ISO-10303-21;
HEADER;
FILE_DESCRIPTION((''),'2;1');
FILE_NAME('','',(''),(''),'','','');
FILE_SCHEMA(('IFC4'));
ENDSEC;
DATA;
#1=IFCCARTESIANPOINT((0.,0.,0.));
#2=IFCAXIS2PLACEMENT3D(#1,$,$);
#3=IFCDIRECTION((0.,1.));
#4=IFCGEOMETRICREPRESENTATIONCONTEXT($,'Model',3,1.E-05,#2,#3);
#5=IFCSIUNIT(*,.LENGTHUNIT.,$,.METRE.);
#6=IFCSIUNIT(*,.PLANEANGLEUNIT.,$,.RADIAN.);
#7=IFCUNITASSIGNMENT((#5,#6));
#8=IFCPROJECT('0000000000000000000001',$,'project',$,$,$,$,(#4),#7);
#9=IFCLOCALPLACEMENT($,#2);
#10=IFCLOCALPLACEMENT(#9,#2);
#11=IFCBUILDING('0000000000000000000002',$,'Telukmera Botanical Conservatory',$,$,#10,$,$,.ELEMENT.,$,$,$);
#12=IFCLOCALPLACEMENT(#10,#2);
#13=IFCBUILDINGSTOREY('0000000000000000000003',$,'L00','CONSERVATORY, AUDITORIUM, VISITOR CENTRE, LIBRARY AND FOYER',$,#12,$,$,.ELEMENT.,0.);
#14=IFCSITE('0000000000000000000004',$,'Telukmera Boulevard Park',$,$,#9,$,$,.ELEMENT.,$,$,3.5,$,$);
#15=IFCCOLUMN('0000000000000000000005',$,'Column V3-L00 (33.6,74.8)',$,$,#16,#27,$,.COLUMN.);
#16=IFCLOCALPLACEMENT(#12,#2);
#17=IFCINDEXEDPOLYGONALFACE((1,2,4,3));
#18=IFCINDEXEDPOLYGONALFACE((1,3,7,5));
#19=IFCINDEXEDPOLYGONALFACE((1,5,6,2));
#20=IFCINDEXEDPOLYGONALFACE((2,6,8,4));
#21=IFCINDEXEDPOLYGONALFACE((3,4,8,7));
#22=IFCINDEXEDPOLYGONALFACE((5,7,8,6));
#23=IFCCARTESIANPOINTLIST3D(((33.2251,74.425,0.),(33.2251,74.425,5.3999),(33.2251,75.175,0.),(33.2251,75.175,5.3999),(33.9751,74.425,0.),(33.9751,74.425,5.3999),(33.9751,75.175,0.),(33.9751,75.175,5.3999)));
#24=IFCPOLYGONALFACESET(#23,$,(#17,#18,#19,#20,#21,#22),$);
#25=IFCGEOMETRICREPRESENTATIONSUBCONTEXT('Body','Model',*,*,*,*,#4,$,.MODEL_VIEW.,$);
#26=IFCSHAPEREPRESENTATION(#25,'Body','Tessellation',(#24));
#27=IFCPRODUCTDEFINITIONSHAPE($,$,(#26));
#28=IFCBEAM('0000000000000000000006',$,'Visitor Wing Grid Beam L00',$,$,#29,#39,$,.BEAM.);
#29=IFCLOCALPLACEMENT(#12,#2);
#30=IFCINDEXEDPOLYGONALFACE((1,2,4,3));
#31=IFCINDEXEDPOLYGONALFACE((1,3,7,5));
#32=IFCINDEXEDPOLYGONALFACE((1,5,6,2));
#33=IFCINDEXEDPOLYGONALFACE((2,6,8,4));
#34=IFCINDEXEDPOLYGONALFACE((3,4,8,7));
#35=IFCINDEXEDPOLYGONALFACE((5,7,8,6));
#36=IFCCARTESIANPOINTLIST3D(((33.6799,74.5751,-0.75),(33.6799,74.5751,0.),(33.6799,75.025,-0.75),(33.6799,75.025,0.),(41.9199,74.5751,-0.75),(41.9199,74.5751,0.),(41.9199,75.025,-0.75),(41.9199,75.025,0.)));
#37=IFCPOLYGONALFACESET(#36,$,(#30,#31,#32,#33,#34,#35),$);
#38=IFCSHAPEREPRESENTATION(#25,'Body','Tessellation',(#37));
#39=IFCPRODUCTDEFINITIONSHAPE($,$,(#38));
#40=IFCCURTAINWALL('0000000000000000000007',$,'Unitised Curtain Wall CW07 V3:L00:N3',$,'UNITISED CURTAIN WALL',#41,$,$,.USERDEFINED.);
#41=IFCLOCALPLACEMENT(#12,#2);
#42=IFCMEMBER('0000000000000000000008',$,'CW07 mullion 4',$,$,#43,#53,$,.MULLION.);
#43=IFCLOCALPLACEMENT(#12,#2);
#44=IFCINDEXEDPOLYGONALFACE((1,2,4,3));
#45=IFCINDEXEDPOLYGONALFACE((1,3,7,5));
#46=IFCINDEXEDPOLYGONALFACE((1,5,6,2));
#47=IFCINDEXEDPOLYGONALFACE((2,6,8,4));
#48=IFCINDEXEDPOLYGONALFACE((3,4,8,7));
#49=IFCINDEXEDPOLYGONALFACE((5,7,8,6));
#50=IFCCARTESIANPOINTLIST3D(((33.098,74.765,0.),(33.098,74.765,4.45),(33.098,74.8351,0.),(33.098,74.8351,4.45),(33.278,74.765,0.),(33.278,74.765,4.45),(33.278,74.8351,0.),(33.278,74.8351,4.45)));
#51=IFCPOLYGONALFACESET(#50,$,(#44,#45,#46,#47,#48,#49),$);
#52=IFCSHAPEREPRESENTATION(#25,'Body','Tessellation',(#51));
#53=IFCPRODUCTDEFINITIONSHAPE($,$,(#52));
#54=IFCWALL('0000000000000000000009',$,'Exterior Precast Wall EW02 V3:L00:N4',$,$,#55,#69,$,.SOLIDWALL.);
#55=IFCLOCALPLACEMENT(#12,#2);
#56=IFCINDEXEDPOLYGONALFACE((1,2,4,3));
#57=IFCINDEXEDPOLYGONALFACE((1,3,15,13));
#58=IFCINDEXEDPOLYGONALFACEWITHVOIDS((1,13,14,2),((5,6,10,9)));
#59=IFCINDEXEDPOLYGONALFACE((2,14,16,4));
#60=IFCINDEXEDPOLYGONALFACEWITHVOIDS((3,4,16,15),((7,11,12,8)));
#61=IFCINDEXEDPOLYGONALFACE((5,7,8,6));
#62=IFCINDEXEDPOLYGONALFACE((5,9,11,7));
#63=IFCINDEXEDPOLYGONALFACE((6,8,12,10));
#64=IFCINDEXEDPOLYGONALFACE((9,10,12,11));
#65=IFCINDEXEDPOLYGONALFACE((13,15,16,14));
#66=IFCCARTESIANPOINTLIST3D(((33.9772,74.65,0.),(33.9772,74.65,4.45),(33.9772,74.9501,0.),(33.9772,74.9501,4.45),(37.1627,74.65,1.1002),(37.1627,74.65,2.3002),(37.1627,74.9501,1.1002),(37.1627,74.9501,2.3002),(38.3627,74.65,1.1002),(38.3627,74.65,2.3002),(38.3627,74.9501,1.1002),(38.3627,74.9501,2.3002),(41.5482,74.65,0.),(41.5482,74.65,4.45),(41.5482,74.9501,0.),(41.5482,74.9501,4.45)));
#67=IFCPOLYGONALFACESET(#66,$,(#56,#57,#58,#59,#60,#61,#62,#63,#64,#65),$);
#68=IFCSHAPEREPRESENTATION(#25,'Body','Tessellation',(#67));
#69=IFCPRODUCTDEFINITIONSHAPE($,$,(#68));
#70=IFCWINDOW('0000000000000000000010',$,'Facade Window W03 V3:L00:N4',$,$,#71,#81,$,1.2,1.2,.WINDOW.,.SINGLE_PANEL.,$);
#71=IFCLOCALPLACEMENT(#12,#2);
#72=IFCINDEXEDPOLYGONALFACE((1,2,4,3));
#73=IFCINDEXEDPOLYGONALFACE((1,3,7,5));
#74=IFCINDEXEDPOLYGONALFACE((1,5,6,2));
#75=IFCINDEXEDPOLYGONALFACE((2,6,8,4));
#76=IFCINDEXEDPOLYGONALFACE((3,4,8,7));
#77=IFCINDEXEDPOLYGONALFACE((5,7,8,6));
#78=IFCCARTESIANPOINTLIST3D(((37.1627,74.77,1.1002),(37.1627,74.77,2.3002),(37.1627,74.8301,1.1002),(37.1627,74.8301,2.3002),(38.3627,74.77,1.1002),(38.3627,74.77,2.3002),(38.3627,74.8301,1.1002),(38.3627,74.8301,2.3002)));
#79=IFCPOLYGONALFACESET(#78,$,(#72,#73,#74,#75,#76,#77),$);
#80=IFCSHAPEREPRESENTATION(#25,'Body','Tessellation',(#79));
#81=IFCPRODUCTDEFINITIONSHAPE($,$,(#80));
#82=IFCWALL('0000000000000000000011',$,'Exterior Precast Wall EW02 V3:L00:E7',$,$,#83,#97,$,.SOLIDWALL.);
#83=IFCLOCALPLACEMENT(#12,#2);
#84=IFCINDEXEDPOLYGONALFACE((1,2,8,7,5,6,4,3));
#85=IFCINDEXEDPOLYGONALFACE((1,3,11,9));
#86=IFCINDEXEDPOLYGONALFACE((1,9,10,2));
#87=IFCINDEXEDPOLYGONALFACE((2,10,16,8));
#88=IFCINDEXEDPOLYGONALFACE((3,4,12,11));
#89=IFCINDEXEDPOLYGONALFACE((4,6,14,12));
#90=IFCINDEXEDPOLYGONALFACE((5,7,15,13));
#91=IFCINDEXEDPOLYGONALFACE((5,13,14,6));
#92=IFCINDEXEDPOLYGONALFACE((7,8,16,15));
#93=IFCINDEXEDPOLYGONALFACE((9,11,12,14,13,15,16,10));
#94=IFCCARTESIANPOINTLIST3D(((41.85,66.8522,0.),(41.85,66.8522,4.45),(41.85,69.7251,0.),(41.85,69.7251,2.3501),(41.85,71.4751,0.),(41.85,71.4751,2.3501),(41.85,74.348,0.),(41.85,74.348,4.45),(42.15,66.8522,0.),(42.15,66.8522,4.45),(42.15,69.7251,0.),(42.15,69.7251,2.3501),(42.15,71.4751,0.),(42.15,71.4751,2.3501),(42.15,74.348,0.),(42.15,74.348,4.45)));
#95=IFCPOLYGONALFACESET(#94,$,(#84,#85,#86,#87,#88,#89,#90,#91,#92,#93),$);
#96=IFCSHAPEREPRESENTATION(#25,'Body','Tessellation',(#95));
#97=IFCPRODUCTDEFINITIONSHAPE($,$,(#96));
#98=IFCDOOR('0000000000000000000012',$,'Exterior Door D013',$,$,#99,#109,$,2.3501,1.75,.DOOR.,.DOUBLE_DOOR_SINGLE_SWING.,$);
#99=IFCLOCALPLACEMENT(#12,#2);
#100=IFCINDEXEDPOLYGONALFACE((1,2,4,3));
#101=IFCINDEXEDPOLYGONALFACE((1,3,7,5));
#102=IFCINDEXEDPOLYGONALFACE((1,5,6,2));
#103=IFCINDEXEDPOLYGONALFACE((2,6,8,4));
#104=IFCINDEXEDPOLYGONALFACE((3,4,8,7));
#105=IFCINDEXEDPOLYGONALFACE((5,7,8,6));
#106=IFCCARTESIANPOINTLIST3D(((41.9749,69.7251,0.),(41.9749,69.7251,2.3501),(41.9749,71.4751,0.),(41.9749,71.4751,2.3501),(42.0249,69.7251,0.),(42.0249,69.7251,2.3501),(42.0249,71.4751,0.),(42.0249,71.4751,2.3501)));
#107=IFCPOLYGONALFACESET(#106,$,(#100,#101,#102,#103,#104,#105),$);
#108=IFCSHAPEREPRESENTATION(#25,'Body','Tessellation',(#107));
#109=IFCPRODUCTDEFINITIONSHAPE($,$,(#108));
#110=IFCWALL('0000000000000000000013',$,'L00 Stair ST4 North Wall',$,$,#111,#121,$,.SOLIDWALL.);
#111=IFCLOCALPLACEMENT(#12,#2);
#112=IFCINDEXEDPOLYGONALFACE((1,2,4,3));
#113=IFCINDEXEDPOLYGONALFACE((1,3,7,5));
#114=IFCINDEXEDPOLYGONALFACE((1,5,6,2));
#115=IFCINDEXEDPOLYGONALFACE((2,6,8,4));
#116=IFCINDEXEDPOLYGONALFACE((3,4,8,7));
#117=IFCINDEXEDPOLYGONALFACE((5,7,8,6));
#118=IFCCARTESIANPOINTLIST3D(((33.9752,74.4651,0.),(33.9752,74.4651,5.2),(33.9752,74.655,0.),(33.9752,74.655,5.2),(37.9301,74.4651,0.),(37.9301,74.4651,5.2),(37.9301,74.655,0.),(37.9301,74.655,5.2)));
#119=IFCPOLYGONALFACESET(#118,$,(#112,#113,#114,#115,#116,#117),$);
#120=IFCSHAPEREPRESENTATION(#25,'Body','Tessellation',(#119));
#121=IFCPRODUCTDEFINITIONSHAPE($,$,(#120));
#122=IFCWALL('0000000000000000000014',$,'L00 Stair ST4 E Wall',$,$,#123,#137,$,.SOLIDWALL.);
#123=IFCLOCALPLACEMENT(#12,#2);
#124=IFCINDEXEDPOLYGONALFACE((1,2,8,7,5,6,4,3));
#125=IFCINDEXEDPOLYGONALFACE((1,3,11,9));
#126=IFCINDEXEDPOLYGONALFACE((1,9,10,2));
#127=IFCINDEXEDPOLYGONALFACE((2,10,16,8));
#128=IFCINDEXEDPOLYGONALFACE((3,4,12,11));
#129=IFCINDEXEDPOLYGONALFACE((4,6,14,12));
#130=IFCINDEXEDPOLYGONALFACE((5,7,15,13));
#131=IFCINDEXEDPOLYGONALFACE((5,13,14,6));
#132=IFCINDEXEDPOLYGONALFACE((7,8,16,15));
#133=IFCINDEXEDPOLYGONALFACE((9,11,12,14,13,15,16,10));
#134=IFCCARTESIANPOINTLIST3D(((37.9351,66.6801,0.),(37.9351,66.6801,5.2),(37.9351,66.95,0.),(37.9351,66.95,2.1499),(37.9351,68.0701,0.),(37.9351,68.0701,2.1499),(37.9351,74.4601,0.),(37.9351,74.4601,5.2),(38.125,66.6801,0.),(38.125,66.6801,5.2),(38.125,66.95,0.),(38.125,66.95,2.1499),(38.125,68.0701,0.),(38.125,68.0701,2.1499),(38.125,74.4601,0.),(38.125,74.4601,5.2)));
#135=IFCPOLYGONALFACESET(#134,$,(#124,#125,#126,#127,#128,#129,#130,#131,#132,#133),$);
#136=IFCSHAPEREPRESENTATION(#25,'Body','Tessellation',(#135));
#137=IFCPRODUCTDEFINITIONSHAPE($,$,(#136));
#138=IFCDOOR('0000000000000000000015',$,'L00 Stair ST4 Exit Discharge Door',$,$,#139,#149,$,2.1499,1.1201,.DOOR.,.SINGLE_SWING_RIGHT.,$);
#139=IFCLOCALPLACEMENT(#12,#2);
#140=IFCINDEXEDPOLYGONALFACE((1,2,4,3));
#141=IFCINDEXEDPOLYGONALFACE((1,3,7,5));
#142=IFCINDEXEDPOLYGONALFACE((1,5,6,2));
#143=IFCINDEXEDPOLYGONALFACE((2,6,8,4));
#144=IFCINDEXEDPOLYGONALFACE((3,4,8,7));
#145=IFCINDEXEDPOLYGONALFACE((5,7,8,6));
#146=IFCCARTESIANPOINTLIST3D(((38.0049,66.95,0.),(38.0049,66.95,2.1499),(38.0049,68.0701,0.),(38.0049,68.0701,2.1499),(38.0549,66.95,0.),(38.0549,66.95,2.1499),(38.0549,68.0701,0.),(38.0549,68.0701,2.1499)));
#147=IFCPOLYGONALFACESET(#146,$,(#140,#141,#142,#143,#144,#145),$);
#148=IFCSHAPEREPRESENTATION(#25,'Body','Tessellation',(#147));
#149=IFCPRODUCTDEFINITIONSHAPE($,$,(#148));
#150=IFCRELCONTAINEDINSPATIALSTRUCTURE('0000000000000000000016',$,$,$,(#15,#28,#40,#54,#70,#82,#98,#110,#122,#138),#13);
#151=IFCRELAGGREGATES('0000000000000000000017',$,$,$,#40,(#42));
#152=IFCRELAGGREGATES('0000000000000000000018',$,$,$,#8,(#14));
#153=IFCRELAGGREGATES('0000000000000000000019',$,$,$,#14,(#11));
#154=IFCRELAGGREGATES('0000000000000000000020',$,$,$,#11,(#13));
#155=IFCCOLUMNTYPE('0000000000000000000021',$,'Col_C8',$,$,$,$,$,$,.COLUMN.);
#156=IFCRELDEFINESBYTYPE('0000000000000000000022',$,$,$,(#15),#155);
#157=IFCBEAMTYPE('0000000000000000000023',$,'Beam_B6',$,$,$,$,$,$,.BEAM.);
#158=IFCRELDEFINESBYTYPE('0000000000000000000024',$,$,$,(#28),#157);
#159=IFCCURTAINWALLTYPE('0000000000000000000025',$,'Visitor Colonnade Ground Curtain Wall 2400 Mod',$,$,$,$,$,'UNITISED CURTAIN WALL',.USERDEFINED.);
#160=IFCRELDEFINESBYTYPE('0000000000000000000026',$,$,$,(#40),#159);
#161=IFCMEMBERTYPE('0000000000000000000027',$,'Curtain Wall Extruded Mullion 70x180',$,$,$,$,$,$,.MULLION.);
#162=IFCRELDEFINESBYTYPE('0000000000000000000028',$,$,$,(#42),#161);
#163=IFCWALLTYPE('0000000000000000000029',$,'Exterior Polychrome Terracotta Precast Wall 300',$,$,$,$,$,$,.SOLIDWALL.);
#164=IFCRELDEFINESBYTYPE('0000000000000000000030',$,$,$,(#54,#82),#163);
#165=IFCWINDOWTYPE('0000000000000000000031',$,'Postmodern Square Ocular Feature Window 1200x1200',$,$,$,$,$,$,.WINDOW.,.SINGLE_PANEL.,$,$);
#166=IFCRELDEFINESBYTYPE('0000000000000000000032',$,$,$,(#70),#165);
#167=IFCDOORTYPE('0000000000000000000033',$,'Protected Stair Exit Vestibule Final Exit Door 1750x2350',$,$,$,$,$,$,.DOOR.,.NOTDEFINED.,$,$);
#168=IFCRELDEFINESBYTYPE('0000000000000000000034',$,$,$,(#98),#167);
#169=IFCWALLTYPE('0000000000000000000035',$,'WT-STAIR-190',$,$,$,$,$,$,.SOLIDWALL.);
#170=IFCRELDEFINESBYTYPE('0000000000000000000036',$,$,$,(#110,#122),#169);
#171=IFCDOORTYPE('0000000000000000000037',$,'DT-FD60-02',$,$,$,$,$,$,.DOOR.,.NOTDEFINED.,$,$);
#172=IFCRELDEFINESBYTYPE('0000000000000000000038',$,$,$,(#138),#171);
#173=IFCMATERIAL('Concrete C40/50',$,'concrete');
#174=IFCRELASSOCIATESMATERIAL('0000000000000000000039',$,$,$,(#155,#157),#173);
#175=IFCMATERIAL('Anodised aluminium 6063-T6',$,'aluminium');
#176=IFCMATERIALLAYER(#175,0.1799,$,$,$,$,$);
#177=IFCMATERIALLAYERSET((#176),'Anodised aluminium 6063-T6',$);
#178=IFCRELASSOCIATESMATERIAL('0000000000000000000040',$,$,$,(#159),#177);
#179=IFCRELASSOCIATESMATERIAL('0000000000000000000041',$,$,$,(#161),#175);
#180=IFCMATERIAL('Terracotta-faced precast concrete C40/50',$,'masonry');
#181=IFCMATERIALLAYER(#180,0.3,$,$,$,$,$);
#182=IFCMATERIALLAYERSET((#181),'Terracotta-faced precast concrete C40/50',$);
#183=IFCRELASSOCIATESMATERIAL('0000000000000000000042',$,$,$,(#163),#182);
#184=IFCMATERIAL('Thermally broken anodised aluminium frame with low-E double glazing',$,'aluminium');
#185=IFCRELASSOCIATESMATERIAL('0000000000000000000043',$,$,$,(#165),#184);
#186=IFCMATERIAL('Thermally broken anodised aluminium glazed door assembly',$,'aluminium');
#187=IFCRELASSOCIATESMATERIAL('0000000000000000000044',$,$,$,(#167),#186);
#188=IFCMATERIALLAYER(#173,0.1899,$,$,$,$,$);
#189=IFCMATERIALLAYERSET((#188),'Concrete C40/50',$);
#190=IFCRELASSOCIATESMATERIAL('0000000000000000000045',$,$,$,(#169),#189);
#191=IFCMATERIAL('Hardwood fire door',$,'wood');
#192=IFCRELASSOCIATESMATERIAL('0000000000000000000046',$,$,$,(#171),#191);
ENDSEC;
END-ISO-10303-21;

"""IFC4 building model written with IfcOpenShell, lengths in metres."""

from ifc_helpers import new_model, si_unit, direction, frame, frame_2d, origin, origin_2d, place, context, subcontext, project, spatial, rectangle, extrude, material, layer, layer_set, material_profile, profile_set, type_object, element, fill, aggregate, save


model = new_model("IFC4")

# Units and contexts
model_context = context("Model", 3, precision=1e-05, world=origin(), true_north=direction((0.0, 1.0)))
body_context = subcontext(model_context, "Body", "Model", "MODEL_VIEW")
ifc_project = project(units=[si_unit("LENGTHUNIT", "METRE"), si_unit("PLANEANGLEUNIT", "RADIAN")], contexts=[model_context])

# Site, building, storey
site_placement = place(None, origin())
site = spatial("IfcSite", under=ifc_project, at=site_placement, Name="Telukmera Boulevard Park", CompositionType="ELEMENT", RefElevation=3.5)
building_placement = place(site_placement, origin())
building = spatial("IfcBuilding", under=site, at=building_placement, Name="Telukmera Botanical Conservatory", CompositionType="ELEMENT")
storey_placement = place(building_placement, origin())
storey = spatial("IfcBuildingStorey", under=building, at=storey_placement, Name="L00", Description="CONSERVATORY, AUDITORIUM, VISITOR CENTRE, LIBRARY AND FOYER", CompositionType="ELEMENT", Elevation=0.0)

# Column
ifc_material_1 = material(Name="Concrete C40/50", Category="concrete")
ifc_material_profile_1 = material_profile(ifc_material_1, rectangle(XDim=0.75, YDim=0.75, at=origin_2d()), Name="RC 750x750")
ifc_profile_set_1 = profile_set([ifc_material_profile_1], Name="Concrete C40/50")
column_type = type_object("IfcColumnType", Name="Col_C8", PredefinedType="COLUMN", material=ifc_profile_set_1)
column_placement = place(storey_placement, frame((33.6001, 74.8, 0.0), z_axis=(0.0, 0.0, 1.0), x_axis=(1.0, 0.0, 0.0)))
element("IfcColumn", 1, at=column_placement, inside=storey, type_object=column_type, Name="Column V3-L00 (33.6,74.8)", PredefinedType="COLUMN", context=body_context, shape_type="SweptSolid", body=[
    extrude(rectangle(XDim=0.75, YDim=0.75, at=origin_2d()), origin(), (0.0, 0.0, 1.0), 5.3999),
])

# Beam
ifc_material_profile_2 = material_profile(ifc_material_1, rectangle(XDim=0.45, YDim=0.75, at=origin_2d()), Name="RC 450x750")
ifc_profile_set_2 = profile_set([ifc_material_profile_2], Name="Concrete C40/50")
beam_type = type_object("IfcBeamType", Name="Beam_B6", PredefinedType="BEAM", material=ifc_profile_set_2)
beam_placement = place(storey_placement, frame((33.6799, 74.8, -0.375), z_axis=(1.0, 0.0, 0.0), x_axis=(0.0, 1.0, 0.0)))
element("IfcBeam", 2, at=beam_placement, inside=storey, type_object=beam_type, Name="Visitor Wing Grid Beam L00", PredefinedType="BEAM", context=body_context, shape_type="SweptSolid", body=[
    extrude(rectangle(XDim=0.45, YDim=0.75, at=origin_2d()), origin(), (0.0, 0.0, 1.0), 8.24),
])

# Curtain wall, member
ifc_material_2 = material(Name="Anodised aluminium 6063-T6", Category="aluminium")
ifc_layer_1 = layer(ifc_material_2, 0.1799)
ifc_layer_set_1 = layer_set([ifc_layer_1], Name="Anodised aluminium 6063-T6")
curtain_wall_type = type_object("IfcCurtainWallType", Name="Visitor Colonnade Ground Curtain Wall 2400 Mod", ElementType="UNITISED CURTAIN WALL", PredefinedType="USERDEFINED", material=ifc_layer_set_1)
curtain_wall_placement = place(storey_placement, origin())
curtain_wall = element("IfcCurtainWall", 3, at=curtain_wall_placement, inside=storey, type_object=curtain_wall_type, Name="Unitised Curtain Wall CW07 V3:L00:N3", ObjectType="UNITISED CURTAIN WALL", PredefinedType="USERDEFINED")
ifc_material_profile_3 = material_profile(ifc_material_2, rectangle(XDim=0.0701, YDim=0.1799, at=origin_2d()), Name="ALU MULL 70x180")
ifc_profile_set_3 = profile_set([ifc_material_profile_3], Name="Anodised aluminium 6063-T6")
member_type = type_object("IfcMemberType", Name="Curtain Wall Extruded Mullion 70x180", PredefinedType="MULLION", material=ifc_profile_set_3)
member_placement = place(storey_placement, frame((33.188, 74.8, 0.0), z_axis=(0.0, 0.0, 1.0), x_axis=(0.0, 1.0, 0.0)))
member = element("IfcMember", 4, at=member_placement, type_object=member_type, Name="CW07 mullion 4", PredefinedType="MULLION", context=body_context, shape_type="SweptSolid", body=[
    extrude(rectangle(XDim=0.0701, YDim=0.1799, at=origin_2d()), origin(), (0.0, 0.0, 1.0), 4.45),
])
aggregate(curtain_wall, [member])

# Wall, opening, window
ifc_material_3 = material(Name="Terracotta-faced precast concrete C40/50", Category="masonry")
ifc_layer_2 = layer(ifc_material_3, 0.3)
ifc_layer_set_2 = layer_set([ifc_layer_2], Name="Terracotta-faced precast concrete C40/50")
wall_type_1 = type_object("IfcWallType", Name="Exterior Polychrome Terracotta Precast Wall 300", PredefinedType="SOLIDWALL", material=ifc_layer_set_2)
wall_1_placement = place(storey_placement, frame((33.9771, 74.8, 0.0), z_axis=(0.0, 0.0, 1.0), x_axis=(1.0, 0.0, 0.0)))
wall_1 = element("IfcWall", 5, at=wall_1_placement, inside=storey, type_object=wall_type_1, Name="Exterior Precast Wall EW02 V3:L00:N4", PredefinedType="SOLIDWALL", context=body_context, shape_type="SweptSolid", body=[
    extrude(rectangle(XDim=7.571, YDim=0.3, at=frame_2d((3.7856, 0.0))), origin(), (0.0, 0.0, 1.0), 4.45),
])
opening_1_placement = place(wall_1_placement, frame((3.1855, 0.0, 1.1001)))
opening_1 = element("IfcOpeningElement", 6, at=opening_1_placement, cuts=wall_1, PredefinedType="OPENING", context=body_context, shape_type="SweptSolid", body=[
    extrude(rectangle(XDim=1.2, YDim=1.2, at=frame_2d((0.6001, 0.6001))), frame((0.0, 0.1599, 0.0), z_axis=(0.0, -1.0, 0.0), x_axis=(1.0, 0.0, 0.0)), (0.0, 0.0, 1.0), 0.3201),
])
ifc_material_4 = material(Name="Thermally broken anodised aluminium frame with low-E double glazing", Category="aluminium")
window_type = type_object("IfcWindowType", Name="Postmodern Square Ocular Feature Window 1200x1200", PartitioningType="SINGLE_PANEL", PredefinedType="WINDOW", material=ifc_material_4)
window_placement = place(opening_1_placement, origin())
window = element("IfcWindow", 7, at=window_placement, inside=storey, type_object=window_type, Name="Facade Window W03 V3:L00:N4", OverallHeight=1.2, OverallWidth=1.2, PartitioningType="SINGLE_PANEL", PredefinedType="WINDOW", context=body_context, shape_type="SweptSolid", body=[
    extrude(rectangle(XDim=1.2, YDim=1.2, at=frame_2d((0.6001, 0.6001))), frame((0.0, 0.03, 0.0), z_axis=(0.0, -1.0, 0.0), x_axis=(1.0, 0.0, 0.0)), (0.0, 0.0, 1.0), 0.0601),
])
fill(opening_1, window)

# Wall, opening, door
wall_2_placement = place(storey_placement, frame((42.0, 66.8521, 0.0), z_axis=(0.0, 0.0, 1.0), x_axis=(0.0, 1.0, 0.0)))
wall_2 = element("IfcWall", 8, at=wall_2_placement, inside=storey, type_object=wall_type_1, Name="Exterior Precast Wall EW02 V3:L00:E7", PredefinedType="SOLIDWALL", context=body_context, shape_type="SweptSolid", body=[
    extrude(rectangle(XDim=7.4958, YDim=0.3, at=frame_2d((3.748, 0.0))), origin(), (0.0, 0.0, 1.0), 4.45),
])
opening_2_placement = place(wall_2_placement, frame((2.873, 0.0, 0.0)))
opening_2 = element("IfcOpeningElement", 9, at=opening_2_placement, cuts=wall_2, PredefinedType="OPENING", context=body_context, shape_type="SweptSolid", body=[
    extrude(rectangle(XDim=1.75, YDim=2.3501, at=frame_2d((0.875, 1.175))), frame((0.0, 0.1599, 0.0), z_axis=(0.0, -1.0, 0.0), x_axis=(1.0, 0.0, 0.0)), (0.0, 0.0, 1.0), 0.3201),
])
ifc_material_5 = material(Name="Thermally broken anodised aluminium glazed door assembly", Category="aluminium")
door_type_1 = type_object("IfcDoorType", Name="Protected Stair Exit Vestibule Final Exit Door 1750x2350", OperationType="NOTDEFINED", PredefinedType="DOOR", material=ifc_material_5)
door_1_placement = place(opening_2_placement, frame((1.75, 0.0, 0.0), z_axis=(0.0, 0.0, 1.0), x_axis=(-1.0, 0.0, 0.0)))
door_1 = element("IfcDoor", 10, at=door_1_placement, inside=storey, type_object=door_type_1, Name="Exterior Door D013", OperationType="DOUBLE_DOOR_SINGLE_SWING", OverallHeight=2.3501, OverallWidth=1.75, PredefinedType="DOOR", context=body_context, shape_type="SweptSolid", body=[
    extrude(rectangle(XDim=1.75, YDim=2.3501, at=frame_2d((0.875, 1.175))), frame((0.0, 0.0249, 0.0), z_axis=(0.0, -1.0, 0.0), x_axis=(1.0, 0.0, 0.0)), (0.0, 0.0, 1.0), 0.05),
])
fill(opening_2, door_1)

# Wall
ifc_layer_3 = layer(ifc_material_1, 0.1899)
ifc_layer_set_3 = layer_set([ifc_layer_3], Name="Concrete C40/50")
wall_type_2 = type_object("IfcWallType", Name="WT-STAIR-190", PredefinedType="SOLIDWALL", material=ifc_layer_set_3)
wall_3_placement = place(storey_placement, frame((33.9751, 74.5601, 0.0), z_axis=(0.0, 0.0, 1.0), x_axis=(1.0, 0.0, 0.0)))
element("IfcWall", 11, at=wall_3_placement, inside=storey, type_object=wall_type_2, Name="L00 Stair ST4 North Wall", PredefinedType="SOLIDWALL", context=body_context, shape_type="SweptSolid", body=[
    extrude(rectangle(XDim=3.9548, YDim=0.1899, at=frame_2d((1.9775, 0.0))), origin(), (0.0, 0.0, 1.0), 5.2),
])

# Wall, opening, door
wall_4_placement = place(storey_placement, frame((38.03, 66.6799, 0.0), z_axis=(0.0, 0.0, 1.0), x_axis=(0.0, 1.0, 0.0)))
wall_4 = element("IfcWall", 12, at=wall_4_placement, inside=storey, type_object=wall_type_2, Name="L00 Stair ST4 E Wall", PredefinedType="SOLIDWALL", context=body_context, shape_type="SweptSolid", body=[
    extrude(rectangle(XDim=7.78, YDim=0.1899, at=frame_2d((3.8901, 0.0))), origin(), (0.0, 0.0, 1.0), 5.2),
])
opening_3_placement = place(wall_4_placement, frame((0.27, 0.0, 0.0)))
opening_3 = element("IfcOpeningElement", 13, at=opening_3_placement, cuts=wall_4, PredefinedType="OPENING", context=body_context, shape_type="SweptSolid", body=[
    extrude(rectangle(XDim=1.1201, YDim=2.1499, at=frame_2d((0.5601, 1.075))), frame((0.0, 0.105, 0.0), z_axis=(0.0, -1.0, 0.0), x_axis=(1.0, 0.0, 0.0)), (0.0, 0.0, 1.0), 0.21),
])
ifc_material_6 = material(Name="Hardwood fire door", Category="wood")
door_type_2 = type_object("IfcDoorType", Name="DT-FD60-02", OperationType="NOTDEFINED", PredefinedType="DOOR", material=ifc_material_6)
door_2_placement = place(opening_3_placement, frame((1.1201, 0.0, 0.0), z_axis=(0.0, 0.0, 1.0), x_axis=(-1.0, 0.0, 0.0)))
door_2 = element("IfcDoor", 14, at=door_2_placement, inside=storey, type_object=door_type_2, Name="L00 Stair ST4 Exit Discharge Door", OperationType="SINGLE_SWING_RIGHT", OverallHeight=2.1499, OverallWidth=1.1201, PredefinedType="DOOR", context=body_context, shape_type="SweptSolid", body=[
    extrude(rectangle(XDim=1.1201, YDim=2.1499, at=frame_2d((0.5601, 1.075))), frame((0.0, 0.0249, 0.0), z_axis=(0.0, -1.0, 0.0), x_axis=(1.0, 0.0, 0.0)), (0.0, 0.0, 1.0), 0.05),
])
fill(opening_3, door_2)

save(model, "model.ifc")
